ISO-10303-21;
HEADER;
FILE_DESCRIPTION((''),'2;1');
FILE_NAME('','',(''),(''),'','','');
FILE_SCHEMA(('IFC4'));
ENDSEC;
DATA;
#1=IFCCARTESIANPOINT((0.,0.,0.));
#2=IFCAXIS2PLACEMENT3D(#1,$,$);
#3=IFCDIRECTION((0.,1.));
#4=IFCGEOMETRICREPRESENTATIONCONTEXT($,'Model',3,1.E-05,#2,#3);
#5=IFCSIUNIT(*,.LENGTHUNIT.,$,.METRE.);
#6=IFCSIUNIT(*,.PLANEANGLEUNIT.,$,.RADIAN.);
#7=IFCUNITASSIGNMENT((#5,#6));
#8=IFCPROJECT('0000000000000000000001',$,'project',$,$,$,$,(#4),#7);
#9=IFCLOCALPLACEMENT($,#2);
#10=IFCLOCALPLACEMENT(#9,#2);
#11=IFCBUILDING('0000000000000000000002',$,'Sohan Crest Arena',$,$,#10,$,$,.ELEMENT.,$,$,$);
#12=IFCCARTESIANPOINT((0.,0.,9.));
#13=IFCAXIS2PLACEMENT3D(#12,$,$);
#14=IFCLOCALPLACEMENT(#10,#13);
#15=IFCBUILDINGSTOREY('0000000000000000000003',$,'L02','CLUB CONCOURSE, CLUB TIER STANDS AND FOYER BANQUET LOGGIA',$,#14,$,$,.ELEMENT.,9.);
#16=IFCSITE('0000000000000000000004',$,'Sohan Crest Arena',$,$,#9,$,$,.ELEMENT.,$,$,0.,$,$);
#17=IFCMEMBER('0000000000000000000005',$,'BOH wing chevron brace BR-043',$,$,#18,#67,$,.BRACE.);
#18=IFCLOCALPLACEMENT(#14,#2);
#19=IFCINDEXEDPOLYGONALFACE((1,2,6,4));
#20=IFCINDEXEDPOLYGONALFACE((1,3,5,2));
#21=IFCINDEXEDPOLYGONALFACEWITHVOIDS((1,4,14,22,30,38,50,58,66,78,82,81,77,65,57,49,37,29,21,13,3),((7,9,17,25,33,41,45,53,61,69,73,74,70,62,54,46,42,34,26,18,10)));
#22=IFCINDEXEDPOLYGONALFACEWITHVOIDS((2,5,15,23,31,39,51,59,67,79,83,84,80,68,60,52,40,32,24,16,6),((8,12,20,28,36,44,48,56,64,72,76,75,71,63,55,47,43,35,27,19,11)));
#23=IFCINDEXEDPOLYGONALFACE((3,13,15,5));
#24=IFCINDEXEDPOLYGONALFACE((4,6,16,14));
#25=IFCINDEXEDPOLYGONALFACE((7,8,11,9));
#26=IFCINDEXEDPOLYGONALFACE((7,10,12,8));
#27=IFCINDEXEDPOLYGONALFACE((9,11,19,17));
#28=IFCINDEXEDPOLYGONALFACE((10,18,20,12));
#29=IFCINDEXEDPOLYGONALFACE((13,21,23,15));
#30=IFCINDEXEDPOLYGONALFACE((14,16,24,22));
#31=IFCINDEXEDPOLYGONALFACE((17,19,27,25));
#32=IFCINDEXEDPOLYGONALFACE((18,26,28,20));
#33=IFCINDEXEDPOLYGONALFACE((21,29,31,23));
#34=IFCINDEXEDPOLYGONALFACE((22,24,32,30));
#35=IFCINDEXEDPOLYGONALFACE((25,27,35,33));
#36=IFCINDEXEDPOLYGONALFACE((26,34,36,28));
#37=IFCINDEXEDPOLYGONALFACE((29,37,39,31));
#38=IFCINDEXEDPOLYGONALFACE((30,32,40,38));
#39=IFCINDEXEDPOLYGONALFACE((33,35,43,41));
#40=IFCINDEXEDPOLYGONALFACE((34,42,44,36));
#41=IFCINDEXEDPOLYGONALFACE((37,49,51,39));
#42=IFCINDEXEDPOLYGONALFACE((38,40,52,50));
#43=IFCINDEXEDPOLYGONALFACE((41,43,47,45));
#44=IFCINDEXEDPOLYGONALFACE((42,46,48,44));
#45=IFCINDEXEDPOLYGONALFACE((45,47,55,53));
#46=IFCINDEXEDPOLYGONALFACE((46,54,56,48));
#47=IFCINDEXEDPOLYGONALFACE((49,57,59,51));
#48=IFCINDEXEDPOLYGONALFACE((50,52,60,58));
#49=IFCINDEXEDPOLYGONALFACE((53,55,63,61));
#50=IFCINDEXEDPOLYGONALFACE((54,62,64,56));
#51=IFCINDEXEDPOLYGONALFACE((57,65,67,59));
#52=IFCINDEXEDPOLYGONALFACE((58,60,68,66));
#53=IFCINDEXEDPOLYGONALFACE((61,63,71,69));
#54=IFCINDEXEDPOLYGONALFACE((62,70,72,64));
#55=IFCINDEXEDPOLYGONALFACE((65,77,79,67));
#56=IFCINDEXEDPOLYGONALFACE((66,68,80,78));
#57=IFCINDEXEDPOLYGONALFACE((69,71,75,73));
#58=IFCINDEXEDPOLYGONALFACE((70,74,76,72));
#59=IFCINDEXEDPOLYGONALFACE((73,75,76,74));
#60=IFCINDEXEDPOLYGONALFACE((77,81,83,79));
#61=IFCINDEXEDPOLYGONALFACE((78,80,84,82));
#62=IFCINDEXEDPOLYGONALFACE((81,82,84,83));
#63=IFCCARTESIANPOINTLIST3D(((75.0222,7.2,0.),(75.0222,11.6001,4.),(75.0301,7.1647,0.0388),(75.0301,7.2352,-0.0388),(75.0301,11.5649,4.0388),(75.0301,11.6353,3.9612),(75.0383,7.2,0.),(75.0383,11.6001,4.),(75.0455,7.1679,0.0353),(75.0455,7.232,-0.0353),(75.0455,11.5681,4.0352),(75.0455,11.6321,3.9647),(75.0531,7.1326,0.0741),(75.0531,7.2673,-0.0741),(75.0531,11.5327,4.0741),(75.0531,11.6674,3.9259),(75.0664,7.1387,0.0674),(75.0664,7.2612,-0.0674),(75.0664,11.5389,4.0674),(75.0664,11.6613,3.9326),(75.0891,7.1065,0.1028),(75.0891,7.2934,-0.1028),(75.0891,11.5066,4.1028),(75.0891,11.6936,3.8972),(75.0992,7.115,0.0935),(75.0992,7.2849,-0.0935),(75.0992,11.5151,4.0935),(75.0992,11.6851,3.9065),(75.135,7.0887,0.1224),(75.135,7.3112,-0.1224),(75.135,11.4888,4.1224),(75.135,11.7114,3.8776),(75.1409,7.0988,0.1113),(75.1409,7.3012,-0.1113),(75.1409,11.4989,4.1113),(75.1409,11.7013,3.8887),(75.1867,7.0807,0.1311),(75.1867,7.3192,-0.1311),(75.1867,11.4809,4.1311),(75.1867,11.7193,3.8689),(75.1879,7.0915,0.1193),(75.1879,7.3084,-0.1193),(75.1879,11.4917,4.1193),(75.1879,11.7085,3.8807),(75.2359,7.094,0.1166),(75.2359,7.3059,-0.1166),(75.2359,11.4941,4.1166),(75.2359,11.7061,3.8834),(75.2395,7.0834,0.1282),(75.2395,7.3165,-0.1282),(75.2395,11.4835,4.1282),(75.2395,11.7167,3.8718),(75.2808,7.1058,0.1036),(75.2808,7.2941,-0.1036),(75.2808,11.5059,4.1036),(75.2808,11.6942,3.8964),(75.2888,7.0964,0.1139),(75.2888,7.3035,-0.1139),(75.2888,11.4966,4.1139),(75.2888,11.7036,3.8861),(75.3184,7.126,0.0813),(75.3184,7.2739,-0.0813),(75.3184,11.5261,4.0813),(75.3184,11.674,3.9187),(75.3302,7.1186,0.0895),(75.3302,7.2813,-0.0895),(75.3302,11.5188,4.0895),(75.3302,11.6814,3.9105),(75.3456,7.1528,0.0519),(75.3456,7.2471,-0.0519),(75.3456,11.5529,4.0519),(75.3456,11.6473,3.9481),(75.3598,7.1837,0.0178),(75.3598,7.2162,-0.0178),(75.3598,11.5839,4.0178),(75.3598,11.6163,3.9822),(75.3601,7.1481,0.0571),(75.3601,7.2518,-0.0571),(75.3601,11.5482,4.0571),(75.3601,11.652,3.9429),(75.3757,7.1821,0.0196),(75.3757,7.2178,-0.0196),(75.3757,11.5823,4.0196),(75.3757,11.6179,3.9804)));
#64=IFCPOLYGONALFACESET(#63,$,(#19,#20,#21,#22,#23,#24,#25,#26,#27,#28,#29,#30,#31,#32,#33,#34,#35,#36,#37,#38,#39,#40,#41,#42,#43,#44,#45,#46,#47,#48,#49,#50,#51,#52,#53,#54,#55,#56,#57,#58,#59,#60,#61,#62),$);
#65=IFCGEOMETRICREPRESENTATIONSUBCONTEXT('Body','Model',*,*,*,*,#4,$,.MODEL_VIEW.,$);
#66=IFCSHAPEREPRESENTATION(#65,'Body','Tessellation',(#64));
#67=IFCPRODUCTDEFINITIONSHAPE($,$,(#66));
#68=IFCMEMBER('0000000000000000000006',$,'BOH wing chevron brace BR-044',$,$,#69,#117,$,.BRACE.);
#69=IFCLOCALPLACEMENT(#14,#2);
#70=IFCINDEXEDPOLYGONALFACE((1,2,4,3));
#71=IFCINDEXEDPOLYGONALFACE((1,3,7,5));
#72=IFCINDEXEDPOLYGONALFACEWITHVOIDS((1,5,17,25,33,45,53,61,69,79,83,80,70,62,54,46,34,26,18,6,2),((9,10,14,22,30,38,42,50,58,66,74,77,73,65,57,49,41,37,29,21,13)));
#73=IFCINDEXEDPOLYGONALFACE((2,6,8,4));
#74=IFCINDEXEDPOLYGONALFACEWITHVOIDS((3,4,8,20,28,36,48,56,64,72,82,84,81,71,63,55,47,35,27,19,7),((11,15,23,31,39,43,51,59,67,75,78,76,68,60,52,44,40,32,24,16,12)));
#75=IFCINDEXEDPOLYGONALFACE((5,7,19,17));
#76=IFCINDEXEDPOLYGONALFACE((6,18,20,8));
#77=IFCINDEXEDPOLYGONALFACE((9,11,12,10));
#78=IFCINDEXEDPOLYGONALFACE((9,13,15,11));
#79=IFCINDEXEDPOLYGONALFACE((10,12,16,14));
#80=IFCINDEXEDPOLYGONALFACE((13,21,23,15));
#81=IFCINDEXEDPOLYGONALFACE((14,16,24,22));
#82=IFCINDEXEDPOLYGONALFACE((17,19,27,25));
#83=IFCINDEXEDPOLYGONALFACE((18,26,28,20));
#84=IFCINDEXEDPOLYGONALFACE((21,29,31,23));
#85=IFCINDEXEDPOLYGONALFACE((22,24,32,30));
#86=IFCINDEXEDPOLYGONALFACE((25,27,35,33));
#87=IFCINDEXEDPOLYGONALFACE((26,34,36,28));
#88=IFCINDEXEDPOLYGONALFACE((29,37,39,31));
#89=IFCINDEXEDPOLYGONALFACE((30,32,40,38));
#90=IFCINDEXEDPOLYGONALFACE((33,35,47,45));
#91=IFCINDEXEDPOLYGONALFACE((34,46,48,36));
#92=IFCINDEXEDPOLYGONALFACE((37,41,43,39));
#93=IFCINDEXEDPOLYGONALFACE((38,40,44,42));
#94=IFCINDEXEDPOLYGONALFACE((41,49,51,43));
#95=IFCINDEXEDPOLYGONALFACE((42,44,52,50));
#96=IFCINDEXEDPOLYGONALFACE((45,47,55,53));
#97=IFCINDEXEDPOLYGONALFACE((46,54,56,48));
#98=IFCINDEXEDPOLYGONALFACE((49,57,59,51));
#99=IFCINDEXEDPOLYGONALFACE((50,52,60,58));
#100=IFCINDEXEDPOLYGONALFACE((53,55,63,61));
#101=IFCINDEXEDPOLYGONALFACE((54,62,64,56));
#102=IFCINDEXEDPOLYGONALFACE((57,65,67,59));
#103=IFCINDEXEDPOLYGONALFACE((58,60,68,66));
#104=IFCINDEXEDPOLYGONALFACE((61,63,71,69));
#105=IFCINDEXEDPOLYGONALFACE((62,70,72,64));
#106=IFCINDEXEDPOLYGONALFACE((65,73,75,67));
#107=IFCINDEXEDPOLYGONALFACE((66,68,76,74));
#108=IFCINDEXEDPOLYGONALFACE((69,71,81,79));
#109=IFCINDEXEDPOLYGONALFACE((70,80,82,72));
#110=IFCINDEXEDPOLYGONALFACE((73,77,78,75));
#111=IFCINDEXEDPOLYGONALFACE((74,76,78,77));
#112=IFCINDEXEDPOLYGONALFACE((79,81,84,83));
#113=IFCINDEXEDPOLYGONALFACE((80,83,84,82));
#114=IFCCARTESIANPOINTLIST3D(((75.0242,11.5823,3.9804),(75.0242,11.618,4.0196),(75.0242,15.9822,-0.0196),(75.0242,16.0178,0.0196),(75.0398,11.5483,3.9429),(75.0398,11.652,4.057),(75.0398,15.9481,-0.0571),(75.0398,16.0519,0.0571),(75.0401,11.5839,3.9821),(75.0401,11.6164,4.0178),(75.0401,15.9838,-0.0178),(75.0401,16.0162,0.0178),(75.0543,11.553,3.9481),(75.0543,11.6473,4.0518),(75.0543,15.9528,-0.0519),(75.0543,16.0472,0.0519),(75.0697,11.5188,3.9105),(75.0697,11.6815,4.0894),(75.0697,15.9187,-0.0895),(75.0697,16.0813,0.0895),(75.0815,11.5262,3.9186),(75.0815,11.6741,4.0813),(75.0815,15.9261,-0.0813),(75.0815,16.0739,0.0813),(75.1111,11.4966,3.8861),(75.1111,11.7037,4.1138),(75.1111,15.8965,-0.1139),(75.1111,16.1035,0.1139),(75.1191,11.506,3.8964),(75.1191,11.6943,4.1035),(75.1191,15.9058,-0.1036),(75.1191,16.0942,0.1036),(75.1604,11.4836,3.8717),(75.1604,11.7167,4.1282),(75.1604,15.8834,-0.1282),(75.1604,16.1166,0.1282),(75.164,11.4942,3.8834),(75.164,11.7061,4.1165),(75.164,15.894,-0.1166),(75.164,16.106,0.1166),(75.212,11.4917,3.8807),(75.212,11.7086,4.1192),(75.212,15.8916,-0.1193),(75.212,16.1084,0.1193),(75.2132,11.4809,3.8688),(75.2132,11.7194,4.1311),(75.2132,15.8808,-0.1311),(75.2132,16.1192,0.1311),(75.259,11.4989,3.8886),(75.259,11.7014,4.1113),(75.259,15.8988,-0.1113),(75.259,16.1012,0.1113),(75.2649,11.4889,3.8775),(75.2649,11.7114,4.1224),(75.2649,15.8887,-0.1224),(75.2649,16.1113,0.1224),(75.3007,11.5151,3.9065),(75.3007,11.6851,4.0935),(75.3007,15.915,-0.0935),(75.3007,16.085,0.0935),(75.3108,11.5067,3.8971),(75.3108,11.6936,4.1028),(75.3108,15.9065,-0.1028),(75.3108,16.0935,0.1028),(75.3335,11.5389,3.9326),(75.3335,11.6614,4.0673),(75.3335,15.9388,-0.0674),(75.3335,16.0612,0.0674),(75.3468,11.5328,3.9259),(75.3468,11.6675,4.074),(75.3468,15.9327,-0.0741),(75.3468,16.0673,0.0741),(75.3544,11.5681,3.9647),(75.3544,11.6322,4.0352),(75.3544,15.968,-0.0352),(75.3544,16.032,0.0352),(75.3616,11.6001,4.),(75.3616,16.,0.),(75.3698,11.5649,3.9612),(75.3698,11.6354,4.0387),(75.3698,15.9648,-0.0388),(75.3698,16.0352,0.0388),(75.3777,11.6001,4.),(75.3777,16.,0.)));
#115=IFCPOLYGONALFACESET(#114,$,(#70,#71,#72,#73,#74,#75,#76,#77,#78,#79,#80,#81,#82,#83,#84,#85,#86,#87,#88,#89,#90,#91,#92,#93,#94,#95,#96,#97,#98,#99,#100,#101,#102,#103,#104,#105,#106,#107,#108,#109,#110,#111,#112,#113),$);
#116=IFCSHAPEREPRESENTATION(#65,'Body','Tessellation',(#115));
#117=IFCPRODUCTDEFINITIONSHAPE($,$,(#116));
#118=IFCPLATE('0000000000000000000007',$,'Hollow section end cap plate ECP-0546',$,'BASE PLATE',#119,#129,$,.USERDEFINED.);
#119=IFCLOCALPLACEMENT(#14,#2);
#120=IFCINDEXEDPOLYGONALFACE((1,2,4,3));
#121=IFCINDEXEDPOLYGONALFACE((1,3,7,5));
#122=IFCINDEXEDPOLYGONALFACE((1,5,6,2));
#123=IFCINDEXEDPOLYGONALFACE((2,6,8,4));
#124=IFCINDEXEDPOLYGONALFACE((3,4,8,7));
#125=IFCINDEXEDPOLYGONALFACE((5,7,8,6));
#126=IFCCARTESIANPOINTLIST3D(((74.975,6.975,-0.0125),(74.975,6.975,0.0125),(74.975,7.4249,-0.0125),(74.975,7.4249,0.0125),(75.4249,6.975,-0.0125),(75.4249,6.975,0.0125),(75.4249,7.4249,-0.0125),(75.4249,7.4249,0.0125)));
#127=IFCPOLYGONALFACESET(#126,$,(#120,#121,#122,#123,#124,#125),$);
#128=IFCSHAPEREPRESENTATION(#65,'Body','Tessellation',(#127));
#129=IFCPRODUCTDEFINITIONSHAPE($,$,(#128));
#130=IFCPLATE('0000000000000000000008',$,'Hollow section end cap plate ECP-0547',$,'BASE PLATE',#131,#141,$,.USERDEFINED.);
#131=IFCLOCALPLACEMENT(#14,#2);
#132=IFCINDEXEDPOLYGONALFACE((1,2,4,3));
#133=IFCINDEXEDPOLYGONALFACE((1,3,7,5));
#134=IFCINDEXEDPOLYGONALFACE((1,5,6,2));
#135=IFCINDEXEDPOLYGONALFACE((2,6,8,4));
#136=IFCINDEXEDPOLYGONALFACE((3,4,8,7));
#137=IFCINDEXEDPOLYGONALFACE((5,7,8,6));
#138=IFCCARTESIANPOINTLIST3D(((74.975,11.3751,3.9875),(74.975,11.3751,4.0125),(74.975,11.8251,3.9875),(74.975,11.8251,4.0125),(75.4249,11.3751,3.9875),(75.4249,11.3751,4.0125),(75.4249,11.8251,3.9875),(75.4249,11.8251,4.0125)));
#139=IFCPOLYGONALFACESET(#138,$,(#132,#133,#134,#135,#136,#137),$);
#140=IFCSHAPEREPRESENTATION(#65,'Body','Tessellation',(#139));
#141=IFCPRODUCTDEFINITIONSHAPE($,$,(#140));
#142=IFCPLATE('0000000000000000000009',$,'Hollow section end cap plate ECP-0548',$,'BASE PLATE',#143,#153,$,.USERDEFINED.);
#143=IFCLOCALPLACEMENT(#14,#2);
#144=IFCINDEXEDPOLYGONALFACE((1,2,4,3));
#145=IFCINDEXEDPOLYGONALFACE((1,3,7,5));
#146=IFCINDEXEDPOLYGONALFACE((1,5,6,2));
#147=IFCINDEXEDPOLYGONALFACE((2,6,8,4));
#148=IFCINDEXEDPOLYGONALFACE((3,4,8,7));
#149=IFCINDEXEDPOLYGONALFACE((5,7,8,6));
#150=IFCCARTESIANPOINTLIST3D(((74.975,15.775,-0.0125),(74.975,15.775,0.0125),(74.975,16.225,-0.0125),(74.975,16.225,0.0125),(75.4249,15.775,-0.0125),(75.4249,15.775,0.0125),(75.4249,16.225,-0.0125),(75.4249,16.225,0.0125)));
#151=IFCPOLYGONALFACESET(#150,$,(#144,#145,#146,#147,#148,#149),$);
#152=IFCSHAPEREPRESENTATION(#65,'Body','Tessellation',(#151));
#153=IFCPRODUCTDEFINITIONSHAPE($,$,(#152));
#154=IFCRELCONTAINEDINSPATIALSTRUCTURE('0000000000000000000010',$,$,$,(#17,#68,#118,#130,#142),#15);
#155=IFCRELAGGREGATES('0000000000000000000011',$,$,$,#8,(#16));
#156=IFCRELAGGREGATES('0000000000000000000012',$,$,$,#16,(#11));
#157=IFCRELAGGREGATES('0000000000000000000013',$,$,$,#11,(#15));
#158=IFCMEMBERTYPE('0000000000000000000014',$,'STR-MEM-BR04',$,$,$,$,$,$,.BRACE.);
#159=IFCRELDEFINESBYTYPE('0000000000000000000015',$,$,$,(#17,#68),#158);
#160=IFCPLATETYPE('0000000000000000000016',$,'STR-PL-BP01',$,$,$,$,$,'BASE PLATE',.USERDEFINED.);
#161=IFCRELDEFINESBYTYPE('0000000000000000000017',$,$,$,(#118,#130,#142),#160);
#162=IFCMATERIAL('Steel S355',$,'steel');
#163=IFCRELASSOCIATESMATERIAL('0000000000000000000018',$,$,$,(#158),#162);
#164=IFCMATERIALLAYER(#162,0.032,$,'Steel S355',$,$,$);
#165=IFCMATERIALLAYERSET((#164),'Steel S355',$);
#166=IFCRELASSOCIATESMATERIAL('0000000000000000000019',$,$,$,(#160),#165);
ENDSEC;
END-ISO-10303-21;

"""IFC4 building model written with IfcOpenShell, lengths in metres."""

from ifc_helpers import new_model, si_unit, direction, frame, origin, origin_2d, place, context, subcontext, project, spatial, rectangle, hollow_circle, extrude, material, layer, layer_set, material_profile, profile_set, type_object, element, save


model = new_model("IFC4")

# Units and contexts
model_context = context("Model", 3, precision=1e-05, world=origin(), true_north=direction((0.0, 1.0)))
body_context = subcontext(model_context, "Body", "Model", "MODEL_VIEW")
ifc_project = project(units=[si_unit("LENGTHUNIT", "METRE"), si_unit("PLANEANGLEUNIT", "RADIAN")], contexts=[model_context])

# Site, building, storey
site_placement = place(None, origin())
site = spatial("IfcSite", under=ifc_project, at=site_placement, Name="Sohan Crest Arena", CompositionType="ELEMENT", RefElevation=0.0)
building_placement = place(site_placement, origin())
building = spatial("IfcBuilding", under=site, at=building_placement, Name="Sohan Crest Arena", CompositionType="ELEMENT")
storey_placement = place(building_placement, frame((0.0, 0.0, 9.0)))
storey = spatial("IfcBuildingStorey", under=building, at=storey_placement, Name="L02", Description="CLUB CONCOURSE, CLUB TIER STANDS AND FOYER BANQUET LOGGIA", CompositionType="ELEMENT", Elevation=9.0)

# Shared definitions
ifc_material_1 = material(Name="Steel S355", Category="steel")

# Members
ifc_material_profile_1 = material_profile(ifc_material_1, hollow_circle(Radius=0.1777, WallThickness=0.0161, at=origin_2d()), Name="CHS 355.6x16")
ifc_profile_set_1 = profile_set([ifc_material_profile_1], Name="Steel S355")
member_type = type_object("IfcMemberType", Name="STR-MEM-BR04", PredefinedType="BRACE", material=ifc_profile_set_1)
member_1_placement = place(storey_placement, frame((75.2, 7.2, 0.0), z_axis=(0.0, 0.739951, 0.672661), x_axis=(-1.0, 0.0, 0.0)))
element("IfcMember", 1, at=member_1_placement, inside=storey, type_object=member_type, Name="BOH wing chevron brace BR-043", PredefinedType="BRACE", context=body_context, shape_type="SweptSolid", body=[
    extrude(hollow_circle(Radius=0.1777, WallThickness=0.0161, at=origin_2d()), origin(), (0.0, 0.0, 1.0), 5.9465),
])
member_2_placement = place(storey_placement, frame((75.2, 16.0, 0.0), z_axis=(0.0, -0.739933, 0.672681), x_axis=(1.0, 0.0, 0.0)))
element("IfcMember", 2, at=member_2_placement, inside=storey, type_object=member_type, Name="BOH wing chevron brace BR-044", PredefinedType="BRACE", context=body_context, shape_type="SweptSolid", body=[
    extrude(hollow_circle(Radius=0.1777, WallThickness=0.0161, at=origin_2d()), origin(), (0.0, 0.0, 1.0), 5.9463),
])

# Plates
ifc_layer_1 = layer(ifc_material_1, 0.032, Name="Steel S355")
ifc_layer_set_1 = layer_set([ifc_layer_1], Name="Steel S355")
plate_type = type_object("IfcPlateType", Name="STR-PL-BP01", ElementType="BASE PLATE", PredefinedType="USERDEFINED", material=ifc_layer_set_1)
for number, where, z_axis, x_axis, name in (
    (3, (75.2, 7.2, -0.0125), (0.0, 0.0, 1.0), (1.0, 0.0, 0.0), "Hollow section end cap plate ECP-0546"),
    (4, (75.2, 11.6001, 3.9875), (0.0, 0.0, 1.0), (1.0, 0.0, 0.0), "Hollow section end cap plate ECP-0547"),
    (5, (75.2, 16.0, -0.0125), (0.0, 0.0, 1.0), (1.0, 0.0, 0.0), "Hollow section end cap plate ECP-0548"),
):
    element("IfcPlate", number, at=place(storey_placement, frame(where, z_axis=z_axis, x_axis=x_axis)), inside=storey, type_object=plate_type, Name=name, ObjectType="BASE PLATE", PredefinedType="USERDEFINED", context=body_context, shape_type="SweptSolid", body=[
        extrude(rectangle(XDim=0.45, YDim=0.45, at=origin_2d()), origin(), (0.0, 0.0, 1.0), 0.0249),
    ])

save(model, "model.ifc")
